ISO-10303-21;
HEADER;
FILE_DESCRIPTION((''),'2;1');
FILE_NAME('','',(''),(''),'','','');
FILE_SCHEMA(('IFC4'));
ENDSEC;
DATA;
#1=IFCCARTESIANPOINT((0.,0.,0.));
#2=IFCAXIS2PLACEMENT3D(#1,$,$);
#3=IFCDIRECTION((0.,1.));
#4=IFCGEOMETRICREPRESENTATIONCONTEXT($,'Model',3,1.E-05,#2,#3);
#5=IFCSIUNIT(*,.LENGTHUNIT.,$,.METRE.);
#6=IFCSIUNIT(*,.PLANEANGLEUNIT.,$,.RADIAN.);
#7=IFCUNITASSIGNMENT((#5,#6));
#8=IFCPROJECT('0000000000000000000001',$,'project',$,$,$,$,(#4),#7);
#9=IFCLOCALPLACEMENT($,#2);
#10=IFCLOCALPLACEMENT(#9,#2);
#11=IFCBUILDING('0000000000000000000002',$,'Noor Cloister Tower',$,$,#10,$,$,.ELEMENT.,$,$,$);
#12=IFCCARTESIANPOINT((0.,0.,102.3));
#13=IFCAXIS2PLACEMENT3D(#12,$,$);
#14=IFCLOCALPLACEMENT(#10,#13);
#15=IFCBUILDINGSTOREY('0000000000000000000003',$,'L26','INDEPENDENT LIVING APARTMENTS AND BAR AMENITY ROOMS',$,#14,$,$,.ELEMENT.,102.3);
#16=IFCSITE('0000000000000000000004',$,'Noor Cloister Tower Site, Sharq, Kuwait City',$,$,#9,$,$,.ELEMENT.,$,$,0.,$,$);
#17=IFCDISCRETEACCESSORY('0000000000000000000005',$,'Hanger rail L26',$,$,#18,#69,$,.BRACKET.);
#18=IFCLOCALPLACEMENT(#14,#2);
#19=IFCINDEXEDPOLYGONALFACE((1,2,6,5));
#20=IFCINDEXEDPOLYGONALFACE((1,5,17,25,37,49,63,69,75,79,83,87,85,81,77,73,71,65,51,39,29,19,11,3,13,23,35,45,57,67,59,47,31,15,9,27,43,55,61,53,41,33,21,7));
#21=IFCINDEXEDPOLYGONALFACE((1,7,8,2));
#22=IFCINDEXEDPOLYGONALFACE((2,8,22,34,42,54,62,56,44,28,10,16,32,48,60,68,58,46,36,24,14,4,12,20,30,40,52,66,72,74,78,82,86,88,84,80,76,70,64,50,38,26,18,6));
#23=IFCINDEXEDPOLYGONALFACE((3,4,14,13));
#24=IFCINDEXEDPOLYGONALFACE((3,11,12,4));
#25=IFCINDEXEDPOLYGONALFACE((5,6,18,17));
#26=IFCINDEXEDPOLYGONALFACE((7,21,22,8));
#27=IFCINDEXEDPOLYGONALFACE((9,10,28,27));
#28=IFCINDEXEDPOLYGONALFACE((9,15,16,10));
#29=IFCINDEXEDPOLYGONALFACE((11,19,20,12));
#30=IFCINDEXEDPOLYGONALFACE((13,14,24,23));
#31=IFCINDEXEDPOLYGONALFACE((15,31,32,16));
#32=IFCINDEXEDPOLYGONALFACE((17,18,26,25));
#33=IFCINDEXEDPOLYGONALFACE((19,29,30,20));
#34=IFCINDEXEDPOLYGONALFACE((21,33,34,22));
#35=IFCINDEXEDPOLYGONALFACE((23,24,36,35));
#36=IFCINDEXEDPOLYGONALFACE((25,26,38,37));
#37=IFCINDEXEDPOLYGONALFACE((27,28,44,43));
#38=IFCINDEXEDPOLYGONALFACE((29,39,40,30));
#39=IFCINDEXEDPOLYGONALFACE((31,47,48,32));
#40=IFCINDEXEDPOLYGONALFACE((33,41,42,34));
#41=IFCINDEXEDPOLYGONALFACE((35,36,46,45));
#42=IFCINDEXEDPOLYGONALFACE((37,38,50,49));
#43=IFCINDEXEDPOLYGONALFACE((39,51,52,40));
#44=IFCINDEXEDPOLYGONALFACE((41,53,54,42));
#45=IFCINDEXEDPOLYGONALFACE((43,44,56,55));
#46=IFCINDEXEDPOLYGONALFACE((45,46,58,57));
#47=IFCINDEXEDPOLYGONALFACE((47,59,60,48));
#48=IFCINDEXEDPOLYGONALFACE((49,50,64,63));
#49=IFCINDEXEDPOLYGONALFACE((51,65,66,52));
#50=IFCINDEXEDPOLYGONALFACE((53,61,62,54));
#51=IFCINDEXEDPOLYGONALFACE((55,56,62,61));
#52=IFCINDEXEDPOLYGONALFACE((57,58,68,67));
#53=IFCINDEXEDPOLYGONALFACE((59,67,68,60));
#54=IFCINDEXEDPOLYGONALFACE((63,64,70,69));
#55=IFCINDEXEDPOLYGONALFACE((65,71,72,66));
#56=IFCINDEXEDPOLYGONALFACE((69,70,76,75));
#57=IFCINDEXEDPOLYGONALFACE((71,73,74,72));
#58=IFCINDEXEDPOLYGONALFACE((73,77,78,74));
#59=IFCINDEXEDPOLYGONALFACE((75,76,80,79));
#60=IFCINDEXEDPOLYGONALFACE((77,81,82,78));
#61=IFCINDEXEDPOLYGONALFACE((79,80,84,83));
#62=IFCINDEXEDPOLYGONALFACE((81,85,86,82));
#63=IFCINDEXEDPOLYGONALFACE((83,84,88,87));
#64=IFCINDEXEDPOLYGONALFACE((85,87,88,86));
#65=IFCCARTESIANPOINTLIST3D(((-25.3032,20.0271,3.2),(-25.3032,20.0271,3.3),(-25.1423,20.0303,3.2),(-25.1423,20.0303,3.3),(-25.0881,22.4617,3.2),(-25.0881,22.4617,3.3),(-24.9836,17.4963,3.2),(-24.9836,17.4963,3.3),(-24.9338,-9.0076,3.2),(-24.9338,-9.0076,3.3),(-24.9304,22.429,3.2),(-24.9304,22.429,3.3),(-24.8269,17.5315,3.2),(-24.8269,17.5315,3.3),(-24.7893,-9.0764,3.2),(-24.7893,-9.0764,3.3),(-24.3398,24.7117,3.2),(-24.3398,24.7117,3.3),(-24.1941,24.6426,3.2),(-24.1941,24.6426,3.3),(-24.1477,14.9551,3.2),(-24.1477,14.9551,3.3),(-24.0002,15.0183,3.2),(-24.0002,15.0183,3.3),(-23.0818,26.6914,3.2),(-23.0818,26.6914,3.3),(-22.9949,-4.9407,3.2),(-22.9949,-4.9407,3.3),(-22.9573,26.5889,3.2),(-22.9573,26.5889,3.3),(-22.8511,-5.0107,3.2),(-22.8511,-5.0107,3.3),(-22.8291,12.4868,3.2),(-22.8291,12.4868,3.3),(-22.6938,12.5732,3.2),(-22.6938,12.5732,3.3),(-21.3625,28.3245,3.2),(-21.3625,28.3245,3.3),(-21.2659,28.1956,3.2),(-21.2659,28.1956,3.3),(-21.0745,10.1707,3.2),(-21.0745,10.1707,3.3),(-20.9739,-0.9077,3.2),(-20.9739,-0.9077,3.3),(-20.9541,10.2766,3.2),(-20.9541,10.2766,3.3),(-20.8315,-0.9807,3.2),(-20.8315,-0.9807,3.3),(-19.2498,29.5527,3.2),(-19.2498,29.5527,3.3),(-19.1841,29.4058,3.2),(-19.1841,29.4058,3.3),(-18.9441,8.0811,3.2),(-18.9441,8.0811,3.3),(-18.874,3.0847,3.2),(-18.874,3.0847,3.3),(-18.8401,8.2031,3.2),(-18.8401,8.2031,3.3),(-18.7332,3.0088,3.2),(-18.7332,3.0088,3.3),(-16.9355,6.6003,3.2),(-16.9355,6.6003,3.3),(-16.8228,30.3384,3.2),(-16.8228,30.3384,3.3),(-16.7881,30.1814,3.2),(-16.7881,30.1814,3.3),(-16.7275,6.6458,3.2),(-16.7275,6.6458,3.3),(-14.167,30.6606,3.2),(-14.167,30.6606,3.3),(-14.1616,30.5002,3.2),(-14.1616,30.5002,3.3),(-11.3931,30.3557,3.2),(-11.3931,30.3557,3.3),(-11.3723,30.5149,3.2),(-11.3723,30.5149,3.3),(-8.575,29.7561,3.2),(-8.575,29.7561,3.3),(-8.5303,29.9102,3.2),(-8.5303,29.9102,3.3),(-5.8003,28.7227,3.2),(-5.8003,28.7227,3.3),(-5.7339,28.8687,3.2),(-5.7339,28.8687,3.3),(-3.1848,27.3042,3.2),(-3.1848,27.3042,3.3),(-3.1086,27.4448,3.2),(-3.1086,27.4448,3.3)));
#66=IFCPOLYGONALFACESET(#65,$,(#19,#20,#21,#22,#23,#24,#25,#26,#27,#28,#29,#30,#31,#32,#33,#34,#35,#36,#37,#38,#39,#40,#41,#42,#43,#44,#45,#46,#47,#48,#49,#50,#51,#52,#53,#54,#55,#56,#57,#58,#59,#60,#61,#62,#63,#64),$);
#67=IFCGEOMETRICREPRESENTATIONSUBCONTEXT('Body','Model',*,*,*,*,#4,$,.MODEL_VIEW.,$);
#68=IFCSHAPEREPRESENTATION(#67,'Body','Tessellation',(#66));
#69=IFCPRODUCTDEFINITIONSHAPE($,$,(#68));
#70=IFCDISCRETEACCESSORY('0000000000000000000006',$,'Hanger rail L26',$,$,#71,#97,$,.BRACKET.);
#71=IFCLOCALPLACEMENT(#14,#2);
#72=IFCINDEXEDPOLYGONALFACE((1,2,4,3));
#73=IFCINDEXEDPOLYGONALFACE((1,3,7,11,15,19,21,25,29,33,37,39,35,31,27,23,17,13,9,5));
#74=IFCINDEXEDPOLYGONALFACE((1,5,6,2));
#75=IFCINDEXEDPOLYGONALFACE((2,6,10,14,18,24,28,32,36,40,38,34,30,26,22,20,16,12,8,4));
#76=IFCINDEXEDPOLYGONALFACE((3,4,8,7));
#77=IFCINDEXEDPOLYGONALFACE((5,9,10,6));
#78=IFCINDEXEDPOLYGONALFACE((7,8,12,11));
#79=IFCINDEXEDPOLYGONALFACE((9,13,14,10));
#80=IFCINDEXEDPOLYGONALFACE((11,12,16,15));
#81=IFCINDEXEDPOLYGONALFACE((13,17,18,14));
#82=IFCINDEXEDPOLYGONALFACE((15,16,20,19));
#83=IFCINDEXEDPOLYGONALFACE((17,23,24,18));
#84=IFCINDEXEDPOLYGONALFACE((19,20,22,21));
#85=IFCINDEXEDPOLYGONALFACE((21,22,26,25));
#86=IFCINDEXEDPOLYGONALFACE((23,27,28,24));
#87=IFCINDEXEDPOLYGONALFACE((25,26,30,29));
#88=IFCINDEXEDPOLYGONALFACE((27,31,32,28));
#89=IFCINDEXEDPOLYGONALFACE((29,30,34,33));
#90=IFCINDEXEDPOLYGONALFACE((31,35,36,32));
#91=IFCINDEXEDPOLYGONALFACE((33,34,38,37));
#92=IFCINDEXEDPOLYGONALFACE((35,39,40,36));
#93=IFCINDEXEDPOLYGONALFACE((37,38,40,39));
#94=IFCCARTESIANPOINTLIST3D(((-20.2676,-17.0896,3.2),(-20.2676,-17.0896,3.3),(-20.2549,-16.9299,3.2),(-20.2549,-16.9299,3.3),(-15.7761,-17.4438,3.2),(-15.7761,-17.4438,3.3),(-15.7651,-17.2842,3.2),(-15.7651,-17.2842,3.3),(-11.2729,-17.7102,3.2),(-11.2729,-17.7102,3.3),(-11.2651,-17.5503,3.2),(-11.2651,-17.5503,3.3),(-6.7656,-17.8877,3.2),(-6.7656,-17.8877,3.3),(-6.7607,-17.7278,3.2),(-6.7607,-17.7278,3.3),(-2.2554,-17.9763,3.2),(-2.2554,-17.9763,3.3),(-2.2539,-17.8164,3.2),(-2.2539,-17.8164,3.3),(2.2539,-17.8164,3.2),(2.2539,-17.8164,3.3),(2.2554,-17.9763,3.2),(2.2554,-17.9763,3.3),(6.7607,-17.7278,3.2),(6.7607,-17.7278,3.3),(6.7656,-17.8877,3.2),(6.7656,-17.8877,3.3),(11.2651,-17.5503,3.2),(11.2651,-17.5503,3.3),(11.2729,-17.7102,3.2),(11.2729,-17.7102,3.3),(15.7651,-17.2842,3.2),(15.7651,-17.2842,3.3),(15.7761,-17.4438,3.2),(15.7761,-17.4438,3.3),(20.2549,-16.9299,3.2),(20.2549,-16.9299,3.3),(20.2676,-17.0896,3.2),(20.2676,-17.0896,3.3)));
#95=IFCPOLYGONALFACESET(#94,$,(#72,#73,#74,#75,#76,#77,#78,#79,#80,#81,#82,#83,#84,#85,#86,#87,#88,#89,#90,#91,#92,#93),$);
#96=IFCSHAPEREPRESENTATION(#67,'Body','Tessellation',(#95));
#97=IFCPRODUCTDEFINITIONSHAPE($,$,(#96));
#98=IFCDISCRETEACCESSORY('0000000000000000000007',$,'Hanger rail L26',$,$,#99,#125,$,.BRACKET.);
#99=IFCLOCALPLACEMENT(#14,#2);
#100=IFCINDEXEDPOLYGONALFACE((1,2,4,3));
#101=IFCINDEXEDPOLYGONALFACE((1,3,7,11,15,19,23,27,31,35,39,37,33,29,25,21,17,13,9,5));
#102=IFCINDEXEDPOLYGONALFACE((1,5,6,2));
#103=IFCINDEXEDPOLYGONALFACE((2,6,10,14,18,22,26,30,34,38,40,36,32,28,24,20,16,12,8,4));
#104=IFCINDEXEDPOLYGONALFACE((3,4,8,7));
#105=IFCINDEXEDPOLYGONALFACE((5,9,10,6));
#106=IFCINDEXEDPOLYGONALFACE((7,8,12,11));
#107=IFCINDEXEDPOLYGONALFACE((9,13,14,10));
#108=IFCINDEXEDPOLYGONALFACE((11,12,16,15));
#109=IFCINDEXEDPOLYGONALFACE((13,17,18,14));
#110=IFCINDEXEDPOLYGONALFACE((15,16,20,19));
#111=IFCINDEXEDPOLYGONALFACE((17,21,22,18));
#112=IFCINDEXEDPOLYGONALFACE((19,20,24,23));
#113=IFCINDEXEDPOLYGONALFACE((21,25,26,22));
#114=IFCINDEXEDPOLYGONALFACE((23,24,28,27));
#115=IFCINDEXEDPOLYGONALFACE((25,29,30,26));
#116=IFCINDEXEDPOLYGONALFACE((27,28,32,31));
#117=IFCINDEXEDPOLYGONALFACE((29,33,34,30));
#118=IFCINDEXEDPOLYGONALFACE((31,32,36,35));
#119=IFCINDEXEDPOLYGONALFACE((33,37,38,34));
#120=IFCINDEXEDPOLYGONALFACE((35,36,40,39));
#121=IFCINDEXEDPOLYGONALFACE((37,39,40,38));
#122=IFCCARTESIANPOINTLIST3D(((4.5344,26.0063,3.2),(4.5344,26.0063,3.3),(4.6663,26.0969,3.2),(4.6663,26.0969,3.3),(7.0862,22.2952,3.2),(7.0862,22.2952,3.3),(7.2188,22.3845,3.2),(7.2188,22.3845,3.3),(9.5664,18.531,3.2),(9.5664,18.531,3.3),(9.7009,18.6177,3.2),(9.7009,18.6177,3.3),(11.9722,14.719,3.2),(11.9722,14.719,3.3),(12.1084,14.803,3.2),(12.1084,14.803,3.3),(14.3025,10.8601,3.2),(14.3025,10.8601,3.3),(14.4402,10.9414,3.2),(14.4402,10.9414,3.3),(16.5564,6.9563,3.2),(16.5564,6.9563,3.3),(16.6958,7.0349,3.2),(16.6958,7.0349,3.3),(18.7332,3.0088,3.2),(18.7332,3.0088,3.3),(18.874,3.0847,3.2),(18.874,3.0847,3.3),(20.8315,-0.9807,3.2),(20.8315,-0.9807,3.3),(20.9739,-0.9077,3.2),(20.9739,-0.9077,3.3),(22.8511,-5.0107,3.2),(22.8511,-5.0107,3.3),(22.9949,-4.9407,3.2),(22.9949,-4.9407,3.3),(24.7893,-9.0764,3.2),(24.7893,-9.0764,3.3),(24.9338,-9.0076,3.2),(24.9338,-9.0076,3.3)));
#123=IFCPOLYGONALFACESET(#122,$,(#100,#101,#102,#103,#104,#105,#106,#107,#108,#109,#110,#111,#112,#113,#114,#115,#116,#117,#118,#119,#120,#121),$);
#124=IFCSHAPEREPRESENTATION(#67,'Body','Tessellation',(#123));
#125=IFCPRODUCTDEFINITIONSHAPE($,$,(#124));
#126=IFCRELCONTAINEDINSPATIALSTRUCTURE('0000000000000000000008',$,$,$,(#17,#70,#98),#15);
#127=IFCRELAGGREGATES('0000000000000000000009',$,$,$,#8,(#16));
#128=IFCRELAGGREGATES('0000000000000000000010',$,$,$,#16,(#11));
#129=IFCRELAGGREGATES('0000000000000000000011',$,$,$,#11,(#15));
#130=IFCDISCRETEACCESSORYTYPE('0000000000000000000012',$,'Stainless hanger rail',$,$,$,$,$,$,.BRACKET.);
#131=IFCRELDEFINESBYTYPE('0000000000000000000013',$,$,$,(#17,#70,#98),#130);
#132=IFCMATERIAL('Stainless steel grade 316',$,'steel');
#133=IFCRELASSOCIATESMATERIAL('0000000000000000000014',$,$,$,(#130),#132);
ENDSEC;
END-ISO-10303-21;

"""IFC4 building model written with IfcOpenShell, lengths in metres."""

from ifc_helpers import new_model, si_unit, direction, frame, origin, place, context, subcontext, project, spatial, polyline, outline, extrude, material, type_object, element, save


model = new_model("IFC4")

# Units and contexts
model_context = context("Model", 3, precision=1e-05, world=origin(), true_north=direction((0.0, 1.0)))
body_context = subcontext(model_context, "Body", "Model", "MODEL_VIEW")
ifc_project = project(units=[si_unit("LENGTHUNIT", "METRE"), si_unit("PLANEANGLEUNIT", "RADIAN")], contexts=[model_context])

# Site, building, storey
site_placement = place(None, origin())
site = spatial("IfcSite", under=ifc_project, at=site_placement, Name="Noor Cloister Tower Site, Sharq, Kuwait City", CompositionType="ELEMENT", RefElevation=0.0)
building_placement = place(site_placement, origin())
building = spatial("IfcBuilding", under=site, at=building_placement, Name="Noor Cloister Tower", CompositionType="ELEMENT")
storey_placement = place(building_placement, frame((0.0, 0.0, 102.3)))
storey = spatial("IfcBuildingStorey", under=building, at=storey_placement, Name="L26", Description="INDEPENDENT LIVING APARTMENTS AND BAR AMENITY ROOMS", CompositionType="ELEMENT", Elevation=102.3)

# Discrete accessories
ifc_material_1 = material(Name="Stainless steel grade 316", Category="steel")
discrete_accessory_type = type_object("IfcDiscreteAccessoryType", Name="Stainless hanger rail", PredefinedType="BRACKET", material=ifc_material_1)
discrete_accessory_1_placement = place(storey_placement, frame((0.0, 0.0, 3.2)))
element("IfcDiscreteAccessory", 1, at=discrete_accessory_1_placement, inside=storey, type_object=discrete_accessory_type, Name="Hanger rail L26", PredefinedType="BRACKET", context=body_context, shape_type="SweptSolid", body=[
    extrude(outline(polyline([(-3.1086, 27.4448), (-5.7339, 28.8687), (-8.5303, 29.9102), (-11.3723, 30.5149), (-14.167, 30.6606), (-16.8228, 30.3384), (-19.2498, 29.5527), (-21.3625, 28.3245), (-23.0818, 26.6914), (-24.3398, 24.7117), (-25.0881, 22.4617), (-25.3032, 20.0271), (-24.9836, 17.4963), (-24.1477, 14.9551), (-22.8291, 12.4868), (-21.0745, 10.1707), (-18.9441, 8.0811), (-16.9355, 6.6003), (-18.874, 3.0847), (-20.9739, -0.9077), (-22.9949, -4.9407), (-24.9338, -9.0076), (-24.7893, -9.0764), (-22.8511, -5.0107), (-20.8315, -0.9807), (-18.7332, 3.0088), (-16.7275, 6.6458), (-18.8401, 8.2031), (-20.9541, 10.2766), (-22.6938, 12.5732), (-24.0002, 15.0183), (-24.8269, 17.5315), (-25.1423, 20.0303), (-24.9304, 22.429), (-24.1941, 24.6426), (-22.9573, 26.5889), (-21.2659, 28.1956), (-19.1841, 29.4058), (-16.7881, 30.1814), (-14.1616, 30.5002), (-11.3931, 30.3557), (-8.575, 29.7561), (-5.8003, 28.7227), (-3.1848, 27.3042), (-3.1086, 27.4448)])), origin(), (0.0, 0.0, 1.0), 0.1001),
])
discrete_accessory_2_placement = place(storey_placement, frame((0.0, 0.0, 3.2)))
element("IfcDiscreteAccessory", 2, at=discrete_accessory_2_placement, inside=storey, type_object=discrete_accessory_type, Name="Hanger rail L26", PredefinedType="BRACKET", context=body_context, shape_type="SweptSolid", body=[
    extrude(outline(polyline([(-20.2676, -17.0896), (-15.7761, -17.4438), (-11.2729, -17.7102), (-6.7656, -17.8877), (-2.2554, -17.9763), (2.2554, -17.9763), (6.7656, -17.8877), (11.2729, -17.7102), (15.7761, -17.4438), (20.2676, -17.0896), (20.2549, -16.9299), (15.7651, -17.2842), (11.2651, -17.5503), (6.7607, -17.7278), (2.2539, -17.8164), (-2.2539, -17.8164), (-6.7607, -17.7278), (-11.2651, -17.5503), (-15.7651, -17.2842), (-20.2549, -16.9299), (-20.2676, -17.0896)])), origin(), (0.0, 0.0, 1.0), 0.1001),
])
discrete_accessory_3_placement = place(storey_placement, frame((0.0, 0.0, 3.2)))
element("IfcDiscreteAccessory", 3, at=discrete_accessory_3_placement, inside=storey, type_object=discrete_accessory_type, Name="Hanger rail L26", PredefinedType="BRACKET", context=body_context, shape_type="SweptSolid", body=[
    extrude(outline(polyline([(24.9338, -9.0076), (22.9949, -4.9407), (20.9739, -0.9077), (18.874, 3.0847), (16.6958, 7.0349), (14.4402, 10.9414), (12.1084, 14.803), (9.7009, 18.6177), (7.2188, 22.3845), (4.6663, 26.0969), (4.5344, 26.0063), (7.0862, 22.2952), (9.5664, 18.531), (11.9722, 14.719), (14.3025, 10.8601), (16.5564, 6.9563), (18.7332, 3.0088), (20.8315, -0.9807), (22.8511, -5.0107), (24.7893, -9.0764), (24.9338, -9.0076)])), origin(), (0.0, 0.0, 1.0), 0.1001),
])

save(model, "model.ifc")
